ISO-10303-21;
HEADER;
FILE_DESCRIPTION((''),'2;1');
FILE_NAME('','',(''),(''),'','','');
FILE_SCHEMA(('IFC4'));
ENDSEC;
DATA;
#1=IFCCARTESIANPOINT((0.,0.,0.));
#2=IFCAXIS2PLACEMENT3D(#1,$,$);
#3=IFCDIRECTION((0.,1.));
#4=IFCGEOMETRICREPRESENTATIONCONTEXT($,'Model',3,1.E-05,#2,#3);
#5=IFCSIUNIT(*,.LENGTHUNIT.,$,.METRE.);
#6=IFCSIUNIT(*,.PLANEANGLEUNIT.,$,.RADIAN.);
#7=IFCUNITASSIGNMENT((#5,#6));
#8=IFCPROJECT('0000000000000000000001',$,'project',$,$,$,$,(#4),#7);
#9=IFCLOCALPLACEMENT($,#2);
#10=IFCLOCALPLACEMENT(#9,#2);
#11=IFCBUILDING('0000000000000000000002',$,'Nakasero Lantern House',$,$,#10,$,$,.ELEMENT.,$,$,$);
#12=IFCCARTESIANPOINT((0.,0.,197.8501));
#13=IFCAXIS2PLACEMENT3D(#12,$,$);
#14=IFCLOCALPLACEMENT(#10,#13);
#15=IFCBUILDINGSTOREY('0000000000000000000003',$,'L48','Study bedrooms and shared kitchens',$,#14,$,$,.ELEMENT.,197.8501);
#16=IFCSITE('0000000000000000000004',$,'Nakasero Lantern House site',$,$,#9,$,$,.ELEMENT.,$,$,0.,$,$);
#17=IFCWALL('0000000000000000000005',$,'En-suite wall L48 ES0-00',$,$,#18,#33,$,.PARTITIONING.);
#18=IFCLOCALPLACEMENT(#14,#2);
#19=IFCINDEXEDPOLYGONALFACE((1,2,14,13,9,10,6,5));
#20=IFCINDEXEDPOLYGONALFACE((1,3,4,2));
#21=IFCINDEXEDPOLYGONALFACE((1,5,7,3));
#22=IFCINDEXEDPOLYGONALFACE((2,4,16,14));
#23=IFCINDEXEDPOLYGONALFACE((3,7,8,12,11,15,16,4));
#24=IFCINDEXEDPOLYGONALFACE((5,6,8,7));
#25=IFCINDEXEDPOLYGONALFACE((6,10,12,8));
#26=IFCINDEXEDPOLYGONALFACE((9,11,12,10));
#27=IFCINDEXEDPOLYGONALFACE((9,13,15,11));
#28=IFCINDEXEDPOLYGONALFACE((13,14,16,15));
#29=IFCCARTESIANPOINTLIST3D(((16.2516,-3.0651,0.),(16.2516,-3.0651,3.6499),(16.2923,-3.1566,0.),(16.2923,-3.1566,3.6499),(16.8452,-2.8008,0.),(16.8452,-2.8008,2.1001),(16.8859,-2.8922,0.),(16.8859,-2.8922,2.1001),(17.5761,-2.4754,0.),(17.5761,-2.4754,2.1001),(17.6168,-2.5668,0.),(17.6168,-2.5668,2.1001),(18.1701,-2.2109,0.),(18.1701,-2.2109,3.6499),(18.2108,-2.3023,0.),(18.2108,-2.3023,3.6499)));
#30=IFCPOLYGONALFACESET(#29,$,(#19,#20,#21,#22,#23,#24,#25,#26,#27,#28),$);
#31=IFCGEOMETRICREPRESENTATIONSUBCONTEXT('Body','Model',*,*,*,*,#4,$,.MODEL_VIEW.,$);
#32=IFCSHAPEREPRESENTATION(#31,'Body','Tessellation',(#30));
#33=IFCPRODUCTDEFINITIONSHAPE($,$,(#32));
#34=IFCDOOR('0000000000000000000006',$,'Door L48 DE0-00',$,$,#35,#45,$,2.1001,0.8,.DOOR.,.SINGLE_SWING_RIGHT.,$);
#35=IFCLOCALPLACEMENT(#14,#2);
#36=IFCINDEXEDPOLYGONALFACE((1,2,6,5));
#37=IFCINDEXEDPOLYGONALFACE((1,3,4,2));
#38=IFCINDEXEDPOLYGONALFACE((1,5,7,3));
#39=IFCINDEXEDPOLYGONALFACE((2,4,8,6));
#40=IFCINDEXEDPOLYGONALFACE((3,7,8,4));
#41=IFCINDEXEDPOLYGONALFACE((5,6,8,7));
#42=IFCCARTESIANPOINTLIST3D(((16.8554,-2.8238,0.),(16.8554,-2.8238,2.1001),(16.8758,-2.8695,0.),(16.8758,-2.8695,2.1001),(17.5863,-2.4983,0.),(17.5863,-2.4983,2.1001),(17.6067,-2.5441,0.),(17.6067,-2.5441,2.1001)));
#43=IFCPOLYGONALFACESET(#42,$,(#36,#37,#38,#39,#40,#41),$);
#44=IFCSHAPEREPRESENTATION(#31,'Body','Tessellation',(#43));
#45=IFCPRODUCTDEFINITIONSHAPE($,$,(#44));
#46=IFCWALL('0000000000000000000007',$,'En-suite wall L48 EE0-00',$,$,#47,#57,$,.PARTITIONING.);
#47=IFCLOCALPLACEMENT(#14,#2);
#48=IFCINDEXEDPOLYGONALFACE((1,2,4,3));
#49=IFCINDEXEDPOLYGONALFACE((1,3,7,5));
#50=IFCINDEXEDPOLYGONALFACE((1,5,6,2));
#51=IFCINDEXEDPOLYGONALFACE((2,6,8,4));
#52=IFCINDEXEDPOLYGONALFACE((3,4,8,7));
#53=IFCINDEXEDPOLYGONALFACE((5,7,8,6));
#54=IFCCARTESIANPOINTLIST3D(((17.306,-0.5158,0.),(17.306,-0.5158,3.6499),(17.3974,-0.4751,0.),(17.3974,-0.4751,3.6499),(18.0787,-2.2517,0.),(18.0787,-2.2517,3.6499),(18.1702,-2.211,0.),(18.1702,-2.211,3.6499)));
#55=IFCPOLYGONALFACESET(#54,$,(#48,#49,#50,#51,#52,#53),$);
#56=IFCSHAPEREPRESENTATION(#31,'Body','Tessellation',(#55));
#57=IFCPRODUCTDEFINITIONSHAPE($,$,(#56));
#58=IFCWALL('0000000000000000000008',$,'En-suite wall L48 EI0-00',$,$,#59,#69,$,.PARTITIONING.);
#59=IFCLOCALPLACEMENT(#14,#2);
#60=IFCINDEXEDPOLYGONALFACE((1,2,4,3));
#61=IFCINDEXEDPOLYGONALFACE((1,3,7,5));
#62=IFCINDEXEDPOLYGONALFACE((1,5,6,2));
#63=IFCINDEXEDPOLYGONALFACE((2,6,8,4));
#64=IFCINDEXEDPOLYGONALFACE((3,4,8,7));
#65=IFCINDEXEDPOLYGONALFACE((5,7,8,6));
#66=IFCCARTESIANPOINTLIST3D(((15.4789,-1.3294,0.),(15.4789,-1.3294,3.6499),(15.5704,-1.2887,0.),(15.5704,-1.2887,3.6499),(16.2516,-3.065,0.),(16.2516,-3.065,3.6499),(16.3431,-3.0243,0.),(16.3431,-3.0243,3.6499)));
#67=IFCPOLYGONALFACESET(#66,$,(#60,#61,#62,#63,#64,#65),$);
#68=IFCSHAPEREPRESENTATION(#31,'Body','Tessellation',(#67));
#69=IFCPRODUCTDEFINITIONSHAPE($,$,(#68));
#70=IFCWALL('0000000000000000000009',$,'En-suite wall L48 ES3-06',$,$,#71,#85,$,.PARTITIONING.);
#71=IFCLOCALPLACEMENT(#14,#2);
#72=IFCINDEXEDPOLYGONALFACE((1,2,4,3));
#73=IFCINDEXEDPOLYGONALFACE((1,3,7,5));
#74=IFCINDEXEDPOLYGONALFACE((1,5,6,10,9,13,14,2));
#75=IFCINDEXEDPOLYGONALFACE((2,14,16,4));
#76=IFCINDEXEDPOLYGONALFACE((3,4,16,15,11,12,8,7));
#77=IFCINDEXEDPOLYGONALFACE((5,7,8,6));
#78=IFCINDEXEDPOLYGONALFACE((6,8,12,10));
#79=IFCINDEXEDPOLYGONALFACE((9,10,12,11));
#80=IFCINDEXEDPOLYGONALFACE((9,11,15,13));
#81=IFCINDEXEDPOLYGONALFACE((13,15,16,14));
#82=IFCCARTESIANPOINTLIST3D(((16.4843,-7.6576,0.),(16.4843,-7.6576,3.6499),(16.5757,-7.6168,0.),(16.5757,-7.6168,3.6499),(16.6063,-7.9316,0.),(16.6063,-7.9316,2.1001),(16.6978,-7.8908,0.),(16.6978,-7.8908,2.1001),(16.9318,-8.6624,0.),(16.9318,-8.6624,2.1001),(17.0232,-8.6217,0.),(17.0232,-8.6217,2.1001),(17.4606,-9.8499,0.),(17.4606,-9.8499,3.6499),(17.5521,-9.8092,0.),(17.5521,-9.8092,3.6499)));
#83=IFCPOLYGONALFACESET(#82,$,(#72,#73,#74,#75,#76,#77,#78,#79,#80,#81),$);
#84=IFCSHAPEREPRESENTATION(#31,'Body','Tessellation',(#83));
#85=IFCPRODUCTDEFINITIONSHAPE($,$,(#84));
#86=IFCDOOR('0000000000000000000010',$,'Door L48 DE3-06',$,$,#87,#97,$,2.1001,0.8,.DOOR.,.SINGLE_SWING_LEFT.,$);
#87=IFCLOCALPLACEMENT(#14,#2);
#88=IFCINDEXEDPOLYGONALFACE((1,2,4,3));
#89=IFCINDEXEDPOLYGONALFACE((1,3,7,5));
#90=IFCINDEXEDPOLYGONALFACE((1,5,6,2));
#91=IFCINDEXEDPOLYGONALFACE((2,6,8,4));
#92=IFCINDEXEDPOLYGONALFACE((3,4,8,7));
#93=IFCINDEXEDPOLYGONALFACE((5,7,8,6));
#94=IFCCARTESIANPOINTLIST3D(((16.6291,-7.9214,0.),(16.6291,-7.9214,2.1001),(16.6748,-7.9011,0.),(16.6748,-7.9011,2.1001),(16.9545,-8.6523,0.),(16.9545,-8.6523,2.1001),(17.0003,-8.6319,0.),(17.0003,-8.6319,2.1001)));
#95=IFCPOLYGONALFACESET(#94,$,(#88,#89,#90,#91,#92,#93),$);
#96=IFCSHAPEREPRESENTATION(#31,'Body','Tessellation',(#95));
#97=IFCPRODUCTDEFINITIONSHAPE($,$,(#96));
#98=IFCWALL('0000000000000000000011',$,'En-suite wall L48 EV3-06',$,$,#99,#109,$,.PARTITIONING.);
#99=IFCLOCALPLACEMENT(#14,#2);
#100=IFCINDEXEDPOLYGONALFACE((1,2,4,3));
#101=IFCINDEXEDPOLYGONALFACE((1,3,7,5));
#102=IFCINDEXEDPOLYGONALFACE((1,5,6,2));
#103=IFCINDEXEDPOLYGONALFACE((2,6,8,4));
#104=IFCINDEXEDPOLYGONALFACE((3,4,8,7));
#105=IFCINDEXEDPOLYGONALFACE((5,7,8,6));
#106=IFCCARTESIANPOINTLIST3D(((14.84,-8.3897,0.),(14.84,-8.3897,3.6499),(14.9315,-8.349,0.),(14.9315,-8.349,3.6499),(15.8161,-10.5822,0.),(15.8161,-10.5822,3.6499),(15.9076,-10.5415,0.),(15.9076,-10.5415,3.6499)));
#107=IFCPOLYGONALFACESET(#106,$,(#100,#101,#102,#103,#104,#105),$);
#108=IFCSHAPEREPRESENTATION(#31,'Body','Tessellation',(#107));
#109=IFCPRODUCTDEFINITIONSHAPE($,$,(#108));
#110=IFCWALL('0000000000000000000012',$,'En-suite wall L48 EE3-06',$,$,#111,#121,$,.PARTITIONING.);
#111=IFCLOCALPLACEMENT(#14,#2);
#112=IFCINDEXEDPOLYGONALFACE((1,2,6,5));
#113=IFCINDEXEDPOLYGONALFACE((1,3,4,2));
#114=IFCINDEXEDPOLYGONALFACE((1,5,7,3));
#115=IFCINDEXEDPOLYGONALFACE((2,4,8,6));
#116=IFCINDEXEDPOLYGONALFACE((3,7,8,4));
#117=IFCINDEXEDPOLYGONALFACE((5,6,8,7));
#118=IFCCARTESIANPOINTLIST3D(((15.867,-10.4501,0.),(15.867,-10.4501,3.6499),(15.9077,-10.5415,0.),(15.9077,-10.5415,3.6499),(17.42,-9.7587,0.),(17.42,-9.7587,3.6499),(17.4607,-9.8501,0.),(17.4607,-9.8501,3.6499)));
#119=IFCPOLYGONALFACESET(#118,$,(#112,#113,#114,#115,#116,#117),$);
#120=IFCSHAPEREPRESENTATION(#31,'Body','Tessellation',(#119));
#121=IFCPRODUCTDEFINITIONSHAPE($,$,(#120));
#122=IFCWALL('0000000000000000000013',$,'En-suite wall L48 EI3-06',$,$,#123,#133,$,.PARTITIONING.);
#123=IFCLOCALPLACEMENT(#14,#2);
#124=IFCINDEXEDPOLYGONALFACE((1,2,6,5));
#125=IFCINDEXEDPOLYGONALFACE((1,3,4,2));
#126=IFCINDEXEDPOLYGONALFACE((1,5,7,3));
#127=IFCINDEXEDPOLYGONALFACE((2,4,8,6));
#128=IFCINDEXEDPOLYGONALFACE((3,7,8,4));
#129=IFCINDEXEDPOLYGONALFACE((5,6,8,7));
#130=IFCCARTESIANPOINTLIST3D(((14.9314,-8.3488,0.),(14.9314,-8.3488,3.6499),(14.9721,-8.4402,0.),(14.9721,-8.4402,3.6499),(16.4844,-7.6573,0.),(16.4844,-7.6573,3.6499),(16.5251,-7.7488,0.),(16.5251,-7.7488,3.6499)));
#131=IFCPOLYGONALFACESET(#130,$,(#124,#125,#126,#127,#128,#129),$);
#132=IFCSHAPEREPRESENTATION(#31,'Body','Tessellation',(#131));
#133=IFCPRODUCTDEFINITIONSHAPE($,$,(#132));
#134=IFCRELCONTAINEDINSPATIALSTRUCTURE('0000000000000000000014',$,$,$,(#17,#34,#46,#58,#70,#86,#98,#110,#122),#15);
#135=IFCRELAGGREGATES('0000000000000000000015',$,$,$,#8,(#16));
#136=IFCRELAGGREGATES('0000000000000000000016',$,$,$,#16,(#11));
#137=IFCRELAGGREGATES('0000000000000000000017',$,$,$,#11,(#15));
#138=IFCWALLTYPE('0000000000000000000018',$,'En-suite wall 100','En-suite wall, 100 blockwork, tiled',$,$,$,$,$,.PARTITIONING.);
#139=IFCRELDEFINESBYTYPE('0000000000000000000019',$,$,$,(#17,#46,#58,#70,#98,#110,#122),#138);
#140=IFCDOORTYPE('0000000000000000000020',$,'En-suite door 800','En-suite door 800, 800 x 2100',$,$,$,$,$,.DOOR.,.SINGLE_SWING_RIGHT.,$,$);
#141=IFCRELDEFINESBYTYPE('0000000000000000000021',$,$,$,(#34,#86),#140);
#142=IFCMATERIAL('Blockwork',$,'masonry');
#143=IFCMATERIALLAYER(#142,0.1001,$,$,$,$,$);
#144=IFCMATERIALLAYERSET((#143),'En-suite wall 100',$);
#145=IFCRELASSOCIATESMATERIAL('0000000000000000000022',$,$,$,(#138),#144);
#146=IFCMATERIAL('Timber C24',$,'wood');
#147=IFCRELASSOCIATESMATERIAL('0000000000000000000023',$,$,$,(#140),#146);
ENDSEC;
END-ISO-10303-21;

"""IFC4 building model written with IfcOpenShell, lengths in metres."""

from ifc_helpers import new_model, si_unit, direction, frame, frame_2d, origin, place, context, subcontext, project, spatial, rectangle, extrude, material, layer, layer_set, type_object, element, fill, save


model = new_model("IFC4")

# Units and contexts
model_context = context("Model", 3, precision=1e-05, world=origin(), true_north=direction((0.0, 1.0)))
body_context = subcontext(model_context, "Body", "Model", "MODEL_VIEW")
ifc_project = project(units=[si_unit("LENGTHUNIT", "METRE"), si_unit("PLANEANGLEUNIT", "RADIAN")], contexts=[model_context])

# Site, building, storey
site_placement = place(None, origin())
site = spatial("IfcSite", under=ifc_project, at=site_placement, Name="Nakasero Lantern House site", CompositionType="ELEMENT", RefElevation=0.0)
building_placement = place(site_placement, origin())
building = spatial("IfcBuilding", under=site, at=building_placement, Name="Nakasero Lantern House", CompositionType="ELEMENT")
storey_placement = place(building_placement, frame((0.0, 0.0, 197.8501)))
storey = spatial("IfcBuildingStorey", under=building, at=storey_placement, Name="L48", Description="Study bedrooms and shared kitchens", CompositionType="ELEMENT", Elevation=197.8501)

# Wall, opening, door
ifc_material_1 = material(Name="Blockwork", Category="masonry")
ifc_layer_1 = layer(ifc_material_1, 0.1001)
ifc_layer_set_1 = layer_set([ifc_layer_1], Name="En-suite wall 100")
wall_type_1 = type_object("IfcWallType", Name="En-suite wall 100", Description="En-suite wall, 100 blockwork, tiled", PredefinedType="PARTITIONING", material=ifc_layer_set_1)
wall_1_placement = place(storey_placement, frame((16.272, -3.1108, 0.0), z_axis=(0.0, 0.0, 1.0), x_axis=(0.913528, 0.406775, 0.0)))
wall_1 = element("IfcWall", 1, at=wall_1_placement, inside=storey, type_object=wall_type_1, Name="En-suite wall L48 ES0-00", PredefinedType="PARTITIONING", context=body_context, shape_type="SweptSolid", body=[
    extrude(rectangle(XDim=2.1001, YDim=0.1001, at=frame_2d((1.05, 0.0))), origin(), (0.0, 0.0, 1.0), 3.6499),
])
opening_1_placement = place(wall_1_placement, frame((0.6499, 0.0, 0.0)))
opening_1 = element("IfcOpeningElement", 2, at=opening_1_placement, cuts=wall_1, PredefinedType="OPENING", context=body_context, shape_type="SweptSolid", body=[
    extrude(rectangle(XDim=0.8, YDim=2.1001, at=frame_2d((0.3999, 1.05))), frame((0.0, 0.0701, 0.0), z_axis=(0.0, -1.0, 0.0), x_axis=(1.0, 0.0, 0.0)), (0.0, 0.0, 1.0), 0.1401),
])
ifc_material_2 = material(Name="Timber C24", Category="wood")
door_type_1 = type_object("IfcDoorType", Name="En-suite door 800", Description="En-suite door 800, 800 x 2100", OperationType="SINGLE_SWING_RIGHT", PredefinedType="DOOR", material=ifc_material_2)
door_1_placement = place(opening_1_placement, origin())
door_1 = element("IfcDoor", 3, at=door_1_placement, inside=storey, type_object=door_type_1, Name="Door L48 DE0-00", OperationType="SINGLE_SWING_RIGHT", OverallHeight=2.1001, OverallWidth=0.8, PredefinedType="DOOR", context=body_context, shape_type="SweptSolid", body=[
    extrude(rectangle(XDim=0.8, YDim=2.1001, at=frame_2d((0.3999, 1.05))), frame((0.0, 0.0249, 0.0), z_axis=(0.0, -1.0, 0.0), x_axis=(1.0, 0.0, 0.0)), (0.0, 0.0, 1.0), 0.05),
])
fill(opening_1, door_1)

# Walls
wall_2_placement = place(storey_placement, frame((18.1245, -2.2314, 0.0), z_axis=(0.0, 0.0, 1.0), x_axis=(-0.406675, 0.913573, 0.0)))
element("IfcWall", 4, at=wall_2_placement, inside=storey, type_object=wall_type_1, Name="En-suite wall L48 EE0-00", PredefinedType="PARTITIONING", context=body_context, shape_type="SweptSolid", body=[
    extrude(rectangle(XDim=1.9001, YDim=0.1001, at=frame_2d((0.9502, 0.0))), origin(), (0.0, 0.0, 1.0), 3.6499),
])
wall_3_placement = place(storey_placement, frame((16.2974, -3.0447, 0.0), z_axis=(0.0, 0.0, 1.0), x_axis=(-0.406723, 0.913552, 0.0)))
element("IfcWall", 5, at=wall_3_placement, inside=storey, type_object=wall_type_1, Name="En-suite wall L48 EI0-00", PredefinedType="PARTITIONING", context=body_context, shape_type="SweptSolid", body=[
    extrude(rectangle(XDim=1.8999, YDim=0.1001, at=frame_2d((0.95, 0.0))), origin(), (0.0, 0.0, 1.0), 3.6499),
])

# Wall, opening, door
wall_4_placement = place(storey_placement, frame((16.53, -7.6372, 0.0), z_axis=(0.0, 0.0, 1.0), x_axis=(0.406809, -0.913513, 0.0)))
wall_4 = element("IfcWall", 6, at=wall_4_placement, inside=storey, type_object=wall_type_1, Name="En-suite wall L48 ES3-06", PredefinedType="PARTITIONING", context=body_context, shape_type="SweptSolid", body=[
    extrude(rectangle(XDim=2.3999, YDim=0.1001, at=frame_2d((1.2, 0.0))), origin(), (0.0, 0.0, 1.0), 3.6499),
])
opening_2_placement = place(wall_4_placement, frame((0.3, 0.0, 0.0)))
opening_2 = element("IfcOpeningElement", 7, at=opening_2_placement, cuts=wall_4, PredefinedType="OPENING", context=body_context, shape_type="SweptSolid", body=[
    extrude(rectangle(XDim=0.8, YDim=2.1001, at=frame_2d((0.3999, 1.05))), frame((0.0, 0.0701, 0.0), z_axis=(0.0, -1.0, 0.0), x_axis=(1.0, 0.0, 0.0)), (0.0, 0.0, 1.0), 0.1401),
])
door_2_placement = place(opening_2_placement, origin())
door_2 = element("IfcDoor", 8, at=door_2_placement, inside=storey, type_object=door_type_1, Name="Door L48 DE3-06", OperationType="SINGLE_SWING_LEFT", OverallHeight=2.1001, OverallWidth=0.8, PredefinedType="DOOR", context=body_context, shape_type="SweptSolid", body=[
    extrude(rectangle(XDim=0.8, YDim=2.1001, at=frame_2d((0.3999, 1.05))), frame((0.0, 0.0249, 0.0), z_axis=(0.0, -1.0, 0.0), x_axis=(1.0, 0.0, 0.0)), (0.0, 0.0, 1.0), 0.05),
])
fill(opening_2, door_2)

# Walls
wall_5_placement = place(storey_placement, frame((14.8857, -8.3694, 0.0), z_axis=(0.0, 0.0, 1.0), x_axis=(0.406724, -0.913551, 0.0)))
element("IfcWall", 9, at=wall_5_placement, inside=storey, type_object=wall_type_1, Name="En-suite wall L48 EV3-06", PredefinedType="PARTITIONING", context=body_context, shape_type="SweptSolid", body=[
    extrude(rectangle(XDim=2.3999, YDim=0.1001, at=frame_2d((1.2, 0.0))), origin(), (0.0, 0.0, 1.0), 3.6499),
])
for number, where, z_axis, x_axis, name in (
    (10, (15.8872, -10.4958, 0.0), (0.0, 0.0, 1.0), (0.913551, 0.406725, 0.0), "En-suite wall L48 EE3-06"),
    (11, (14.9517, -8.3945, 0.0), (0.0, 0.0, 1.0), (0.913551, 0.406725, 0.0), "En-suite wall L48 EI3-06"),
):
    element("IfcWall", number, at=place(storey_placement, frame(where, z_axis=z_axis, x_axis=x_axis)), inside=storey, type_object=wall_type_1, Name=name, PredefinedType="PARTITIONING", context=body_context, shape_type="SweptSolid", body=[
        extrude(rectangle(XDim=1.7, YDim=0.1001, at=frame_2d((0.8501, 0.0))), origin(), (0.0, 0.0, 1.0), 3.6499),
    ])

save(model, "model.ifc")
